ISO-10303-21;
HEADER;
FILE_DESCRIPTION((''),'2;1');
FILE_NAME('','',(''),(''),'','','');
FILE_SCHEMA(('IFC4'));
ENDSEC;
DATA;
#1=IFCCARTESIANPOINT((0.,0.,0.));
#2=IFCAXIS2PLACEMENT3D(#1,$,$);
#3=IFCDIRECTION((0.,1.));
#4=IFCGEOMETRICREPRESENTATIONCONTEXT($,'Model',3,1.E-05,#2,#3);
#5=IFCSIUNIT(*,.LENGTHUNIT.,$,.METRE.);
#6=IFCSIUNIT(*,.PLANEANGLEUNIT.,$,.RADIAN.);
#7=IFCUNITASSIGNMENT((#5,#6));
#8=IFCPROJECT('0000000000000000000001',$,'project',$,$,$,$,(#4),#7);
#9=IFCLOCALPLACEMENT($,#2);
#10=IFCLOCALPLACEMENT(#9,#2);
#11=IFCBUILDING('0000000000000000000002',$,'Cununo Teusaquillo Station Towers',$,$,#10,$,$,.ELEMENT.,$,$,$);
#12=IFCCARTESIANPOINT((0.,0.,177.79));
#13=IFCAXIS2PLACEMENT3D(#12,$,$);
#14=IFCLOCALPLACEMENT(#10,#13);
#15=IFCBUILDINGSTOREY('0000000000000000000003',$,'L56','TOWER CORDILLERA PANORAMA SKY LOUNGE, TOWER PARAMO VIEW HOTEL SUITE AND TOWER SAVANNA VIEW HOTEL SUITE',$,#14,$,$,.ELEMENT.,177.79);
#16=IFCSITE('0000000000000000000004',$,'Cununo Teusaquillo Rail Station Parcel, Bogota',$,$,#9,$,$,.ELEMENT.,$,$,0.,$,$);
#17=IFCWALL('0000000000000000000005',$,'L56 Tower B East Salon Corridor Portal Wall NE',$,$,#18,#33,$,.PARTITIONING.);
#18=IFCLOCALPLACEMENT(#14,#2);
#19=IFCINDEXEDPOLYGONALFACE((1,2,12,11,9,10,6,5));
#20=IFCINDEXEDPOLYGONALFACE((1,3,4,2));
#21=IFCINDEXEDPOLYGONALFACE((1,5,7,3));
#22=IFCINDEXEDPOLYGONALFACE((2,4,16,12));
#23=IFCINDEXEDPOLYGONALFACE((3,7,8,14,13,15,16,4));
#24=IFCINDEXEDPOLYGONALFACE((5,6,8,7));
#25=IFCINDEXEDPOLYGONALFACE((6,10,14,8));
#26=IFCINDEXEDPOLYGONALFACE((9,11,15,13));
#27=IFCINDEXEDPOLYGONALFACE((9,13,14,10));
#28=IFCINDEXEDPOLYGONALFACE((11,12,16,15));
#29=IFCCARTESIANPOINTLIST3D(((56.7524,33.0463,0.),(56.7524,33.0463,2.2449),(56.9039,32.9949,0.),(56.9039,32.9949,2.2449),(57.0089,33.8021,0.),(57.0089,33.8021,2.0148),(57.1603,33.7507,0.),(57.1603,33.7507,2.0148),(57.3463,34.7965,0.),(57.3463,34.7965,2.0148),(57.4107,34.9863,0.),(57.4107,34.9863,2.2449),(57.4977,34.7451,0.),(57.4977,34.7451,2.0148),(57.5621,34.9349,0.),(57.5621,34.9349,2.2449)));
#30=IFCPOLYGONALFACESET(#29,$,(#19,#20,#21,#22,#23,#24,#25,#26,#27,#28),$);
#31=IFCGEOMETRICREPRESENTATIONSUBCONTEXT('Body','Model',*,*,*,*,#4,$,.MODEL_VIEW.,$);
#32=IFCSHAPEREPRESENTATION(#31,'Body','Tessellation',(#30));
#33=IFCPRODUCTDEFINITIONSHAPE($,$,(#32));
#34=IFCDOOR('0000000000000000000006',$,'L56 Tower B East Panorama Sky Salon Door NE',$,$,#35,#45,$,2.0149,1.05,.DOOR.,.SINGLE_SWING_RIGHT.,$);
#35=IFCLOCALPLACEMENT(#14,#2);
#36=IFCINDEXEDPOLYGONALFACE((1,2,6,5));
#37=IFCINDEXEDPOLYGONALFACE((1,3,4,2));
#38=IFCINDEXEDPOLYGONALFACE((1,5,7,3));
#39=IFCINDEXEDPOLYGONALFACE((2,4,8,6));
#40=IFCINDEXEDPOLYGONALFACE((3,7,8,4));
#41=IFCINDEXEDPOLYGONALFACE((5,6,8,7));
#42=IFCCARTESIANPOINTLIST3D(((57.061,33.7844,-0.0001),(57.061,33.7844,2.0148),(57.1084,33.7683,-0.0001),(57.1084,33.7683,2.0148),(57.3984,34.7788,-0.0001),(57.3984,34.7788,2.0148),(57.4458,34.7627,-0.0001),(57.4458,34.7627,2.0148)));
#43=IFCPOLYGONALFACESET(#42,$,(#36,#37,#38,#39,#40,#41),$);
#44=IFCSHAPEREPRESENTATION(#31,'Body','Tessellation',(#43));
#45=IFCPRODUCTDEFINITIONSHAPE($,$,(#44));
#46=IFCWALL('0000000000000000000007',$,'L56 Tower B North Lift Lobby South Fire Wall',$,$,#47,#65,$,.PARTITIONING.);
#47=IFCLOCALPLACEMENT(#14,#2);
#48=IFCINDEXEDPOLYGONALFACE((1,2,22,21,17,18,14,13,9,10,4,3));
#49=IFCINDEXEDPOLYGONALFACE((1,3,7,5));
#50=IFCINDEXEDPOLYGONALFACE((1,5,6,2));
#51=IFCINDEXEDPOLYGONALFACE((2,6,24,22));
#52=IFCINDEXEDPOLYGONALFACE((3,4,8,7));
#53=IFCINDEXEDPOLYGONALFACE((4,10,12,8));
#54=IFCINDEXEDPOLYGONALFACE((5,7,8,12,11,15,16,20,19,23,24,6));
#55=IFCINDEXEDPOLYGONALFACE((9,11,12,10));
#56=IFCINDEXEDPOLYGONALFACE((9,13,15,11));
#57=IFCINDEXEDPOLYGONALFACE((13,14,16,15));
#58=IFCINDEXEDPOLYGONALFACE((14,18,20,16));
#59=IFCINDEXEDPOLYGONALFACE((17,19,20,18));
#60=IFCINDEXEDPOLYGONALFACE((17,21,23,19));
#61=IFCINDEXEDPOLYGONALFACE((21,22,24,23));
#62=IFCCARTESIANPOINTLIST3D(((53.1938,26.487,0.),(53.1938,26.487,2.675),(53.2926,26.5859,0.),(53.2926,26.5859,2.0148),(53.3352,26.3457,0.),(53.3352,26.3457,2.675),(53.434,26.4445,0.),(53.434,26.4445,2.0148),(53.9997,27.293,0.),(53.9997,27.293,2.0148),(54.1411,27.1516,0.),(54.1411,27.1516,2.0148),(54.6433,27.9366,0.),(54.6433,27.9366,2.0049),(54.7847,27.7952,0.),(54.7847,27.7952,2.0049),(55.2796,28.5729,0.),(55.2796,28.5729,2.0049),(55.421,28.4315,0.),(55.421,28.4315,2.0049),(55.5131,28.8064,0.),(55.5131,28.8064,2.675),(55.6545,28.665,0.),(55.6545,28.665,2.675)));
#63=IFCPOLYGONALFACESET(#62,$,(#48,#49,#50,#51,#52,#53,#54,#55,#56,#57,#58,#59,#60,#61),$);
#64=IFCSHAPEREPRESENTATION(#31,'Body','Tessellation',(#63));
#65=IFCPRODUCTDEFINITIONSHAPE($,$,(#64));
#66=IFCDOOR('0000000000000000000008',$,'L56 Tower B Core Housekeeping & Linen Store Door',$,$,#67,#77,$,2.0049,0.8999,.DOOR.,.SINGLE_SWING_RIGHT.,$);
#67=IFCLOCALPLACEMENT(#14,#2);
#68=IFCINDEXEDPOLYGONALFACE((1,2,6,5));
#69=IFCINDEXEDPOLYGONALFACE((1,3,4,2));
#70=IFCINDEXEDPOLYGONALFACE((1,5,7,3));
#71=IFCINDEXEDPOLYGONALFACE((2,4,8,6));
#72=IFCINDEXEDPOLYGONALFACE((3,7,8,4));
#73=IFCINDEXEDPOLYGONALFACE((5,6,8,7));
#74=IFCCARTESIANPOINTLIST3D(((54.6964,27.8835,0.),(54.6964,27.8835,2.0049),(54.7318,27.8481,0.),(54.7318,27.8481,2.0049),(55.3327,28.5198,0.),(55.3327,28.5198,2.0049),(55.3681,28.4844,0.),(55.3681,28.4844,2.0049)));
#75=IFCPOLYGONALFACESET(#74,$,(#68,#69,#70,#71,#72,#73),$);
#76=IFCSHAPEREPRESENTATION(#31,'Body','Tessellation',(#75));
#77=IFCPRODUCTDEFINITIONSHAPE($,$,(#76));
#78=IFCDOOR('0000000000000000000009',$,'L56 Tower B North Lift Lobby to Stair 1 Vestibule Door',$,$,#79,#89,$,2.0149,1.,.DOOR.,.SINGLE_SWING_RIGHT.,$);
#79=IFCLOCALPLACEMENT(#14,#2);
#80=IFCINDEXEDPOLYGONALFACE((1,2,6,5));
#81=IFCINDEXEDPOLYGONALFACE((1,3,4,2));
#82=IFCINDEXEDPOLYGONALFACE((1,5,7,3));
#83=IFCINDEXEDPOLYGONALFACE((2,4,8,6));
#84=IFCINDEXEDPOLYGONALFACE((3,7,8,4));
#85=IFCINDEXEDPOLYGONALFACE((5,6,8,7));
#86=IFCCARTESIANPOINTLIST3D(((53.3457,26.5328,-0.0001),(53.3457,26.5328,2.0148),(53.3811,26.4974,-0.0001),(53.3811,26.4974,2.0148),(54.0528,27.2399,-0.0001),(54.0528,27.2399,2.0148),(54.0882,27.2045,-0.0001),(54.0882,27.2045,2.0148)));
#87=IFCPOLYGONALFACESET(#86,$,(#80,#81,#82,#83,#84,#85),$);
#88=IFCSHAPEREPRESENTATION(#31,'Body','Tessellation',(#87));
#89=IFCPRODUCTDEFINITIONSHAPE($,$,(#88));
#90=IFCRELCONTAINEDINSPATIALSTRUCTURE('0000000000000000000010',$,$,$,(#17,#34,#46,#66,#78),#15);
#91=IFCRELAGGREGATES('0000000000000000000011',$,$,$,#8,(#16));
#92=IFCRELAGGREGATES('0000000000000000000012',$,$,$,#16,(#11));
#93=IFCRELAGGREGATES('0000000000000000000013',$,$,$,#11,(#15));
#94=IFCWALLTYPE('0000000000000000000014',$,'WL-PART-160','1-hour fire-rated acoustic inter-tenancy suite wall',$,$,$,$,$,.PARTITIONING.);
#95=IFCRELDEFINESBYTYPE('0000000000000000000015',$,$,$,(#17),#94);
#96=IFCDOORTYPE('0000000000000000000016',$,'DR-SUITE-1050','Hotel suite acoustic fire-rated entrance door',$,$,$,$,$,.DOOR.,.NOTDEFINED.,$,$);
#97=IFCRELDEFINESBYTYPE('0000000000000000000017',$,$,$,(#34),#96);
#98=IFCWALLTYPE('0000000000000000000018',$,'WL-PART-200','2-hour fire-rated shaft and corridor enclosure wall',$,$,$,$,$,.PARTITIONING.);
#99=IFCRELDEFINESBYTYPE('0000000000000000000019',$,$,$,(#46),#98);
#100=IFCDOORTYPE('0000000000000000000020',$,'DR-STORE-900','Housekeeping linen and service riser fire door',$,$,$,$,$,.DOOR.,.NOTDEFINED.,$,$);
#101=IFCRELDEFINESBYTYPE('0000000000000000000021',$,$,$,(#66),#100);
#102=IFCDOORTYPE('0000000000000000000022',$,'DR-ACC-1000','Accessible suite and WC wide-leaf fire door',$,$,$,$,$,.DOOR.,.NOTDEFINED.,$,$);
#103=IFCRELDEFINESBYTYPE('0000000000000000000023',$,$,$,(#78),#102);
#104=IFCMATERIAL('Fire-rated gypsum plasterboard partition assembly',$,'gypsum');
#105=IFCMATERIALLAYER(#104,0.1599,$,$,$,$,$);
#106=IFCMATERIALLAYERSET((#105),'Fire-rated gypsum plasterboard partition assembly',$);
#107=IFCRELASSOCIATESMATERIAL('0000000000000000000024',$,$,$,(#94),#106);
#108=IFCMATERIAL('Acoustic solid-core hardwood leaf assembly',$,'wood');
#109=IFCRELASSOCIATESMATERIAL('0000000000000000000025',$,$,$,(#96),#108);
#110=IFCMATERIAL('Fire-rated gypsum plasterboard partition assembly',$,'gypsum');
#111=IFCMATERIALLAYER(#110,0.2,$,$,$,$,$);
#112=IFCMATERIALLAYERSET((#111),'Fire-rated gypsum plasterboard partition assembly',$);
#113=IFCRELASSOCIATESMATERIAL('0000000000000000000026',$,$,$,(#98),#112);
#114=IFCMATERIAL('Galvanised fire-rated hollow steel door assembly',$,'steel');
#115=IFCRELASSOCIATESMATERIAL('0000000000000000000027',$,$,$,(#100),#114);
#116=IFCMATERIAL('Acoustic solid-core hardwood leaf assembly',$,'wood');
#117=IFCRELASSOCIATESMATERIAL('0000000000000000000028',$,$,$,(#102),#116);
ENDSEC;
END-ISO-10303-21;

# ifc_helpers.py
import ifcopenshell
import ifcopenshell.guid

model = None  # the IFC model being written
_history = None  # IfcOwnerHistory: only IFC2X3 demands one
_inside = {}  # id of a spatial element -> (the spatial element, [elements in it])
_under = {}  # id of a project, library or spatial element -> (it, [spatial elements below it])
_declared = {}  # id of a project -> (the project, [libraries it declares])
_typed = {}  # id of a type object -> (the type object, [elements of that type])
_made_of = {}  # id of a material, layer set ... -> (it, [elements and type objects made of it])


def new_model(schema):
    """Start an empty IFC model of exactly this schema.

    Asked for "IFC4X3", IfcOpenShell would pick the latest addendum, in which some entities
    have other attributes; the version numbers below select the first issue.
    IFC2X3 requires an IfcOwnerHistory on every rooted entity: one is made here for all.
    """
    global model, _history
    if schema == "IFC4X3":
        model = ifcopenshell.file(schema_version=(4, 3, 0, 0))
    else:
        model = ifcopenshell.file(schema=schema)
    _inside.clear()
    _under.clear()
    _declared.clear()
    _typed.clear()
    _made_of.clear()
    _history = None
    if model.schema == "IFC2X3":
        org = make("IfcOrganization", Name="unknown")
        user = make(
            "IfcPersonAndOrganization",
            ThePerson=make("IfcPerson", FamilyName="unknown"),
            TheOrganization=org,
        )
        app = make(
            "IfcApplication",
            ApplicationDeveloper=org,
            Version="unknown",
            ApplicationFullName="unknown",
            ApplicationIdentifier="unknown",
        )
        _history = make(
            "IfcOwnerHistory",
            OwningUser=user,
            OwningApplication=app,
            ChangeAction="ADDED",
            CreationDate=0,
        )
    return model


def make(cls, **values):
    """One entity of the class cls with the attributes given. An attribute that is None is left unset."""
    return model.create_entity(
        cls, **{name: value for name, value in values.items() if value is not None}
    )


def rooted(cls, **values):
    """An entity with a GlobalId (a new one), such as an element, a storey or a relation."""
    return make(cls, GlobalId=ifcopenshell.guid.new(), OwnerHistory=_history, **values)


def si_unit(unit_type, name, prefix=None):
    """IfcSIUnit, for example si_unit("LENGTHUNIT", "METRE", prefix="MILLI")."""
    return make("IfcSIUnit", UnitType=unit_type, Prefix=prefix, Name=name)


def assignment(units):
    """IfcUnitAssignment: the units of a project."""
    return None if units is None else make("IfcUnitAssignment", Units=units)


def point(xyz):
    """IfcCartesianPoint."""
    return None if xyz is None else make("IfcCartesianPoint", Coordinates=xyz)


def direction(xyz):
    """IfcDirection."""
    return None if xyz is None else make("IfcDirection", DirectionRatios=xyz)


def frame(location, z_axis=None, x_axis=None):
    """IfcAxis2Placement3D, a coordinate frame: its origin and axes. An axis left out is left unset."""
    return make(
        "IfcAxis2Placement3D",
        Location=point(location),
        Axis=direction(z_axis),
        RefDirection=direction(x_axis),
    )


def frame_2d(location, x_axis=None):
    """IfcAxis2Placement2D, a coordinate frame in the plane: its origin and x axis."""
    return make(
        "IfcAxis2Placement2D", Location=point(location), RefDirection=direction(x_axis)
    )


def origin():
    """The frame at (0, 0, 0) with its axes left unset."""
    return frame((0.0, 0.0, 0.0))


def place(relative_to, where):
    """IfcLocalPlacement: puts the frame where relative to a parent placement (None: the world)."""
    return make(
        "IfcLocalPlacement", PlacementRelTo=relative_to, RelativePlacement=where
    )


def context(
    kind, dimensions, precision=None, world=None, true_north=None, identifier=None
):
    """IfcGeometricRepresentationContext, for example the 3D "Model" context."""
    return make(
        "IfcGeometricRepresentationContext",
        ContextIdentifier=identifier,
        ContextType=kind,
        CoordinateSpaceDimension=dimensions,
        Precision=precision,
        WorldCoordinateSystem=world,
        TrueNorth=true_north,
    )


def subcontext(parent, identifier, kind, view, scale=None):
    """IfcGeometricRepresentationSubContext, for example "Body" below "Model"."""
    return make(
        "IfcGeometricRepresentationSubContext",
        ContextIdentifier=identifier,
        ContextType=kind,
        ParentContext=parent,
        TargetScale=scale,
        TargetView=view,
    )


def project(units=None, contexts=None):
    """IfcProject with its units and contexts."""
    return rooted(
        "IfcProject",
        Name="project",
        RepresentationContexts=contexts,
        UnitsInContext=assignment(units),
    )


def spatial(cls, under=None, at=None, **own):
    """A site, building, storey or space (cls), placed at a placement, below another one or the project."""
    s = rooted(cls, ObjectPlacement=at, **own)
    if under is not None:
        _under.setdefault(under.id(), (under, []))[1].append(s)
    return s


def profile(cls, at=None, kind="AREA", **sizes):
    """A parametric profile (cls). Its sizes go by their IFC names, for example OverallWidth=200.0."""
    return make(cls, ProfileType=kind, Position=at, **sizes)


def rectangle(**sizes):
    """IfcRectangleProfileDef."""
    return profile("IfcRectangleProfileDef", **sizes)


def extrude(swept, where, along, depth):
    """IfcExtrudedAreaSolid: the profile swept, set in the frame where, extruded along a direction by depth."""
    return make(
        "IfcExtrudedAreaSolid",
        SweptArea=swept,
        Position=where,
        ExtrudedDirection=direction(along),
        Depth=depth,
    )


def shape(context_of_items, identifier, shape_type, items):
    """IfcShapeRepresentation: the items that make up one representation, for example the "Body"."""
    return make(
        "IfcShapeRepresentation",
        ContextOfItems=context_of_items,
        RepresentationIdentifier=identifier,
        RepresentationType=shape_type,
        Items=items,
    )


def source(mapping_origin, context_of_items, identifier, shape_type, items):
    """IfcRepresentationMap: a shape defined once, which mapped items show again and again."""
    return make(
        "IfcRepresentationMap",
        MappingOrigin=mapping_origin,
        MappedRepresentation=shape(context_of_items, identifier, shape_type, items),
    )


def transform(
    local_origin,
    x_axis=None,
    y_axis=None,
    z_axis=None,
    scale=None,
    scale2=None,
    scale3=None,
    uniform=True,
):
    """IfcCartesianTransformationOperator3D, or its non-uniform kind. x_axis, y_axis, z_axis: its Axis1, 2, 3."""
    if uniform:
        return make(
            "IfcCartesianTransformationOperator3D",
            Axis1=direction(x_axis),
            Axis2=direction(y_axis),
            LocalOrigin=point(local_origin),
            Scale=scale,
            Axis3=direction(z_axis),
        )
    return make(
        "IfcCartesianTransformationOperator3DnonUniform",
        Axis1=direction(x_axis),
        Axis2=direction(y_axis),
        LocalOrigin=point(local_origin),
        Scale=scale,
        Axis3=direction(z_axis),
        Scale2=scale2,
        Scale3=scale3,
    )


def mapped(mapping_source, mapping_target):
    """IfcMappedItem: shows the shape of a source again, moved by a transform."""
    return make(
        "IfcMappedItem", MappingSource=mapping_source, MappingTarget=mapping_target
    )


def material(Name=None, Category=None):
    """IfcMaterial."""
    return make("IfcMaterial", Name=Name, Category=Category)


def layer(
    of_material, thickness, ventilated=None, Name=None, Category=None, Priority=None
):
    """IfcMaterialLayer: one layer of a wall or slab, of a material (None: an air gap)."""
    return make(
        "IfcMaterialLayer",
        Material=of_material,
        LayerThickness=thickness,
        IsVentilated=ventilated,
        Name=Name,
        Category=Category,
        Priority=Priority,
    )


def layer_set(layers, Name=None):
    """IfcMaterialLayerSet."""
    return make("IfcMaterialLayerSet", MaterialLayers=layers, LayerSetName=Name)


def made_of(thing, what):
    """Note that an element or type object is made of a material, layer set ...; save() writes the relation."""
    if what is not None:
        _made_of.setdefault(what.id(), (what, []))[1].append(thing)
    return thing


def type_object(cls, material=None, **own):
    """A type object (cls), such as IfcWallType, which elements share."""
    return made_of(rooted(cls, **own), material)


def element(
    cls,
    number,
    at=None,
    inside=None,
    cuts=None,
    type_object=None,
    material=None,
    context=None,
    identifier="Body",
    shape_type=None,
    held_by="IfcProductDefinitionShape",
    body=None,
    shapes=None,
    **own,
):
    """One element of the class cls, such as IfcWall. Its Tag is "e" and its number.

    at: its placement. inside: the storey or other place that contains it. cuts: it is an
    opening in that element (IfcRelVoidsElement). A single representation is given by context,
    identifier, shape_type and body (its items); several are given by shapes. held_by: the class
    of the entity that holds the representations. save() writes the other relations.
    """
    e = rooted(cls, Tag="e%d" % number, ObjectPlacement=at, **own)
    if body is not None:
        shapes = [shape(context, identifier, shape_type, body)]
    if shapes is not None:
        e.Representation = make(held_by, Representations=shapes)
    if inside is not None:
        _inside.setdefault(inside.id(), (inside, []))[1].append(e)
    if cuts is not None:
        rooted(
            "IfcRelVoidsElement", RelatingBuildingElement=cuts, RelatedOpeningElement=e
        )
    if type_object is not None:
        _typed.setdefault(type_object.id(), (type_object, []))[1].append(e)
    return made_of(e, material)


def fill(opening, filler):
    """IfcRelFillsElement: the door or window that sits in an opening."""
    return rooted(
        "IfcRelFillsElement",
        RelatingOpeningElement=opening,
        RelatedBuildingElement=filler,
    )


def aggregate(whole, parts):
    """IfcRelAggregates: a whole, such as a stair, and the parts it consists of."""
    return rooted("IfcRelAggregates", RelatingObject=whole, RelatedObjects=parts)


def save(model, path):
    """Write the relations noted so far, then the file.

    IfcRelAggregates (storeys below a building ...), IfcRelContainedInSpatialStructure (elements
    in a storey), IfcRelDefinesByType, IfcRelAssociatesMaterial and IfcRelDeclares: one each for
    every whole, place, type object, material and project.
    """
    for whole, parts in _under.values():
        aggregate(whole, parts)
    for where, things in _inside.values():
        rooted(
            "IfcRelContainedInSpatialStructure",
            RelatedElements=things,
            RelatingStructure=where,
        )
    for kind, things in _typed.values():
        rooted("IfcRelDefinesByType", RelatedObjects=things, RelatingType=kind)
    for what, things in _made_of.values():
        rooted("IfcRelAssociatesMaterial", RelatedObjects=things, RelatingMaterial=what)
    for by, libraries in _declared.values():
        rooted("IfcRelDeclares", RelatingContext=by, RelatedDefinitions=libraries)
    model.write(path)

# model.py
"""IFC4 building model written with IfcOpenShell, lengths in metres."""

from ifc_helpers import new_model, si_unit, direction, frame, frame_2d, origin, place, context, subcontext, project, spatial, rectangle, extrude, source, transform, mapped, material, layer, layer_set, type_object, element, fill, save


model = new_model("IFC4")

# Units and contexts
model_context = context("Model", 3, precision=1e-05, world=origin(), true_north=direction((0.0, 1.0)))
body_context = subcontext(model_context, "Body", "Model", "MODEL_VIEW")
ifc_project = project(units=[si_unit("LENGTHUNIT", "METRE"), si_unit("PLANEANGLEUNIT", "RADIAN")], contexts=[model_context])

# Site, building, storey
site_placement = place(None, origin())
site = spatial("IfcSite", under=ifc_project, at=site_placement, Name="Cununo Teusaquillo Rail Station Parcel, Bogota", CompositionType="ELEMENT", RefElevation=0.0)
building_placement = place(site_placement, origin())
building = spatial("IfcBuilding", under=site, at=building_placement, Name="Cununo Teusaquillo Station Towers", CompositionType="ELEMENT")
storey_placement = place(building_placement, frame((0.0, 0.0, 177.79)))
storey = spatial("IfcBuildingStorey", under=building, at=storey_placement, Name="L56", Description="TOWER CORDILLERA PANORAMA SKY LOUNGE, TOWER PARAMO VIEW HOTEL SUITE AND TOWER SAVANNA VIEW HOTEL SUITE", CompositionType="ELEMENT", Elevation=177.79)

# Wall, opening, door
ifc_material_1 = material(Name="Fire-rated gypsum plasterboard partition assembly", Category="gypsum")
ifc_layer_1 = layer(ifc_material_1, 0.1599)
ifc_layer_set_1 = layer_set([ifc_layer_1], Name="Fire-rated gypsum plasterboard partition assembly")
wall_type_1 = type_object("IfcWallType", Name="WL-PART-160", Description="1-hour fire-rated acoustic inter-tenancy suite wall", PredefinedType="PARTITIONING", material=ifc_layer_set_1)
shared_shape_1 = source(origin(), body_context, "Body", "SweptSolid", [
    extrude(rectangle(XDim=0.8999, YDim=2.0049, at=frame_2d((0.45, 1.0024))), frame((0.0, 0.0249, 0.0), z_axis=(0.0, -1.0, 0.0), x_axis=(1.0, 0.0, 0.0)), (0.0, 0.0, 1.0), 0.05),
])
wall_1_placement = place(storey_placement, frame((56.8281, 33.0205, 0.0), z_axis=(0.0, 0.0, 1.0), x_axis=(0.3213, 0.946977, 0.0)))
wall_1 = element("IfcWall", 1, at=wall_1_placement, inside=storey, type_object=wall_type_1, Name="L56 Tower B East Salon Corridor Portal Wall NE", PredefinedType="PARTITIONING", context=body_context, shape_type="SweptSolid", body=[
    extrude(rectangle(XDim=2.0486, YDim=0.1599, at=frame_2d((1.0244, 0.0))), origin(), (0.0, 0.0, 1.0), 2.2449),
])
shared_shape_2 = source(origin(), body_context, "Body", "SweptSolid", [
    extrude(rectangle(XDim=1.05, YDim=2.0149, at=frame_2d((0.5249, 1.0073))), frame((0.0, 0.0898, 0.0), z_axis=(0.0, -1.0, 0.0), x_axis=(1.0, 0.0, 0.0)), (0.0, 0.0, 1.0), 0.1799),
])
opening_1_placement = place(wall_1_placement, frame((0.7983, 0.0, 0.0)))
opening_1 = element("IfcOpeningElement", 2, at=opening_1_placement, cuts=wall_1, PredefinedType="OPENING", context=body_context, shape_type="MappedRepresentation", body=[
    mapped(shared_shape_2, transform((0.0, 0.0, 0.0), x_axis=(1.0, 0.0, 0.0), y_axis=(0.0, 1.0, 0.0), z_axis=(0.0, 0.0, 1.0), scale=1.0)),
])
ifc_material_2 = material(Name="Acoustic solid-core hardwood leaf assembly", Category="wood")
door_type_1 = type_object("IfcDoorType", Name="DR-SUITE-1050", Description="Hotel suite acoustic fire-rated entrance door", OperationType="NOTDEFINED", PredefinedType="DOOR", material=ifc_material_2)
shared_shape_3 = source(origin(), body_context, "Body", "SweptSolid", [
    extrude(rectangle(XDim=1.05, YDim=2.0149, at=frame_2d((0.5249, 1.0073))), frame((0.0, 0.0249, 0.0), z_axis=(0.0, -1.0, 0.0), x_axis=(1.0, 0.0, 0.0)), (0.0, 0.0, 1.0), 0.05),
])
door_1_placement = place(opening_1_placement, origin())
door_1 = element("IfcDoor", 3, at=door_1_placement, inside=storey, type_object=door_type_1, Name="L56 Tower B East Panorama Sky Salon Door NE", OperationType="SINGLE_SWING_RIGHT", OverallHeight=2.0149, OverallWidth=1.05, PredefinedType="DOOR", context=body_context, shape_type="MappedRepresentation", body=[
    mapped(shared_shape_3, transform((0.0, 0.0, 0.0), x_axis=(1.0, 0.0, 0.0), y_axis=(0.0, 1.0, 0.0), z_axis=(0.0, 0.0, 1.0), scale=1.0)),
])
fill(opening_1, door_1)

# Wall, openings, doors
ifc_material_3 = material(Name="Fire-rated gypsum plasterboard partition assembly", Category="gypsum")
ifc_layer_2 = layer(ifc_material_3, 0.2)
ifc_layer_set_2 = layer_set([ifc_layer_2], Name="Fire-rated gypsum plasterboard partition assembly")
wall_type_2 = type_object("IfcWallType", Name="WL-PART-200", Description="2-hour fire-rated shaft and corridor enclosure wall", PredefinedType="PARTITIONING", material=ifc_layer_set_2)
wall_2_placement = place(storey_placement, frame((53.2644, 26.4163, 0.0), z_axis=(0.0, 0.0, 1.0), x_axis=(0.707107, 0.707107, 0.0)))
wall_2 = element("IfcWall", 4, at=wall_2_placement, inside=storey, type_object=wall_type_2, Name="L56 Tower B North Lift Lobby South Fire Wall", PredefinedType="PARTITIONING", context=body_context, shape_type="SweptSolid", body=[
    extrude(rectangle(XDim=3.28, YDim=0.2, at=frame_2d((1.6401, 0.0))), origin(), (0.0, 0.0, 1.0), 2.675),
])
shared_shape_4 = source(origin(), body_context, "Body", "SweptSolid", [
    extrude(rectangle(XDim=1.0, YDim=2.0149, at=frame_2d((0.5, 1.0073))), frame((0.0, 0.1099, 0.0), z_axis=(0.0, -1.0, 0.0), x_axis=(1.0, 0.0, 0.0)), (0.0, 0.0, 1.0), 0.22),
])
opening_2_placement = place(wall_2_placement, frame((0.1399, 0.0, 0.0)))
opening_2 = element("IfcOpeningElement", 5, at=opening_2_placement, cuts=wall_2, PredefinedType="OPENING", context=body_context, shape_type="MappedRepresentation", body=[
    mapped(shared_shape_4, transform((0.0, 0.0, 0.0), x_axis=(1.0, 0.0, 0.0), y_axis=(0.0, 1.0, 0.0), z_axis=(0.0, 0.0, 1.0), scale=1.0)),
])
shared_shape_5 = source(origin(), body_context, "Body", "SweptSolid", [
    extrude(rectangle(XDim=0.8999, YDim=2.0049, at=frame_2d((0.45, 1.0024))), frame((0.0, 0.1099, 0.0), z_axis=(0.0, -1.0, 0.0), x_axis=(1.0, 0.0, 0.0)), (0.0, 0.0, 1.0), 0.22),
])
opening_3_placement = place(wall_2_placement, frame((2.05, 0.0, 0.0)))
opening_3 = element("IfcOpeningElement", 6, at=opening_3_placement, cuts=wall_2, PredefinedType="OPENING", context=body_context, shape_type="MappedRepresentation", body=[
    mapped(shared_shape_5, transform((0.0, 0.0, 0.0), x_axis=(1.0, 0.0, 0.0), y_axis=(0.0, 1.0, 0.0), z_axis=(0.0, 0.0, 1.0), scale=1.0)),
])
ifc_material_4 = material(Name="Galvanised fire-rated hollow steel door assembly", Category="steel")
door_type_2 = type_object("IfcDoorType", Name="DR-STORE-900", Description="Housekeeping linen and service riser fire door", OperationType="NOTDEFINED", PredefinedType="DOOR", material=ifc_material_4)
door_2_placement = place(opening_3_placement, origin())
door_2 = element("IfcDoor", 7, at=door_2_placement, inside=storey, type_object=door_type_2, Name="L56 Tower B Core Housekeeping & Linen Store Door", OperationType="SINGLE_SWING_RIGHT", OverallHeight=2.0049, OverallWidth=0.8999, PredefinedType="DOOR", context=body_context, shape_type="MappedRepresentation", body=[
    mapped(shared_shape_1, transform((0.0, 0.0, 0.0), x_axis=(1.0, 0.0, 0.0), y_axis=(0.0, 1.0, 0.0), z_axis=(0.0, 0.0, 1.0), scale=1.0)),
])
fill(opening_3, door_2)
ifc_material_5 = material(Name="Acoustic solid-core hardwood leaf assembly", Category="wood")
door_type_3 = type_object("IfcDoorType", Name="DR-ACC-1000", Description="Accessible suite and WC wide-leaf fire door", OperationType="NOTDEFINED", PredefinedType="DOOR", material=ifc_material_5)
shared_shape_6 = source(origin(), body_context, "Body", "SweptSolid", [
    extrude(rectangle(XDim=1.0, YDim=2.0149, at=frame_2d((0.5, 1.0073))), frame((0.0, 0.0249, 0.0), z_axis=(0.0, -1.0, 0.0), x_axis=(1.0, 0.0, 0.0)), (0.0, 0.0, 1.0), 0.05),
])
door_3_placement = place(opening_2_placement, origin())
door_3 = element("IfcDoor", 8, at=door_3_placement, inside=storey, type_object=door_type_3, Name="L56 Tower B North Lift Lobby to Stair 1 Vestibule Door", OperationType="SINGLE_SWING_RIGHT", OverallHeight=2.0149, OverallWidth=1.0, PredefinedType="DOOR", context=body_context, shape_type="MappedRepresentation", body=[
    mapped(shared_shape_6, transform((0.0, 0.0, 0.0), x_axis=(1.0, 0.0, 0.0), y_axis=(0.0, 1.0, 0.0), z_axis=(0.0, 0.0, 1.0), scale=1.0)),
])
fill(opening_2, door_3)

save(model, "model.ifc")
